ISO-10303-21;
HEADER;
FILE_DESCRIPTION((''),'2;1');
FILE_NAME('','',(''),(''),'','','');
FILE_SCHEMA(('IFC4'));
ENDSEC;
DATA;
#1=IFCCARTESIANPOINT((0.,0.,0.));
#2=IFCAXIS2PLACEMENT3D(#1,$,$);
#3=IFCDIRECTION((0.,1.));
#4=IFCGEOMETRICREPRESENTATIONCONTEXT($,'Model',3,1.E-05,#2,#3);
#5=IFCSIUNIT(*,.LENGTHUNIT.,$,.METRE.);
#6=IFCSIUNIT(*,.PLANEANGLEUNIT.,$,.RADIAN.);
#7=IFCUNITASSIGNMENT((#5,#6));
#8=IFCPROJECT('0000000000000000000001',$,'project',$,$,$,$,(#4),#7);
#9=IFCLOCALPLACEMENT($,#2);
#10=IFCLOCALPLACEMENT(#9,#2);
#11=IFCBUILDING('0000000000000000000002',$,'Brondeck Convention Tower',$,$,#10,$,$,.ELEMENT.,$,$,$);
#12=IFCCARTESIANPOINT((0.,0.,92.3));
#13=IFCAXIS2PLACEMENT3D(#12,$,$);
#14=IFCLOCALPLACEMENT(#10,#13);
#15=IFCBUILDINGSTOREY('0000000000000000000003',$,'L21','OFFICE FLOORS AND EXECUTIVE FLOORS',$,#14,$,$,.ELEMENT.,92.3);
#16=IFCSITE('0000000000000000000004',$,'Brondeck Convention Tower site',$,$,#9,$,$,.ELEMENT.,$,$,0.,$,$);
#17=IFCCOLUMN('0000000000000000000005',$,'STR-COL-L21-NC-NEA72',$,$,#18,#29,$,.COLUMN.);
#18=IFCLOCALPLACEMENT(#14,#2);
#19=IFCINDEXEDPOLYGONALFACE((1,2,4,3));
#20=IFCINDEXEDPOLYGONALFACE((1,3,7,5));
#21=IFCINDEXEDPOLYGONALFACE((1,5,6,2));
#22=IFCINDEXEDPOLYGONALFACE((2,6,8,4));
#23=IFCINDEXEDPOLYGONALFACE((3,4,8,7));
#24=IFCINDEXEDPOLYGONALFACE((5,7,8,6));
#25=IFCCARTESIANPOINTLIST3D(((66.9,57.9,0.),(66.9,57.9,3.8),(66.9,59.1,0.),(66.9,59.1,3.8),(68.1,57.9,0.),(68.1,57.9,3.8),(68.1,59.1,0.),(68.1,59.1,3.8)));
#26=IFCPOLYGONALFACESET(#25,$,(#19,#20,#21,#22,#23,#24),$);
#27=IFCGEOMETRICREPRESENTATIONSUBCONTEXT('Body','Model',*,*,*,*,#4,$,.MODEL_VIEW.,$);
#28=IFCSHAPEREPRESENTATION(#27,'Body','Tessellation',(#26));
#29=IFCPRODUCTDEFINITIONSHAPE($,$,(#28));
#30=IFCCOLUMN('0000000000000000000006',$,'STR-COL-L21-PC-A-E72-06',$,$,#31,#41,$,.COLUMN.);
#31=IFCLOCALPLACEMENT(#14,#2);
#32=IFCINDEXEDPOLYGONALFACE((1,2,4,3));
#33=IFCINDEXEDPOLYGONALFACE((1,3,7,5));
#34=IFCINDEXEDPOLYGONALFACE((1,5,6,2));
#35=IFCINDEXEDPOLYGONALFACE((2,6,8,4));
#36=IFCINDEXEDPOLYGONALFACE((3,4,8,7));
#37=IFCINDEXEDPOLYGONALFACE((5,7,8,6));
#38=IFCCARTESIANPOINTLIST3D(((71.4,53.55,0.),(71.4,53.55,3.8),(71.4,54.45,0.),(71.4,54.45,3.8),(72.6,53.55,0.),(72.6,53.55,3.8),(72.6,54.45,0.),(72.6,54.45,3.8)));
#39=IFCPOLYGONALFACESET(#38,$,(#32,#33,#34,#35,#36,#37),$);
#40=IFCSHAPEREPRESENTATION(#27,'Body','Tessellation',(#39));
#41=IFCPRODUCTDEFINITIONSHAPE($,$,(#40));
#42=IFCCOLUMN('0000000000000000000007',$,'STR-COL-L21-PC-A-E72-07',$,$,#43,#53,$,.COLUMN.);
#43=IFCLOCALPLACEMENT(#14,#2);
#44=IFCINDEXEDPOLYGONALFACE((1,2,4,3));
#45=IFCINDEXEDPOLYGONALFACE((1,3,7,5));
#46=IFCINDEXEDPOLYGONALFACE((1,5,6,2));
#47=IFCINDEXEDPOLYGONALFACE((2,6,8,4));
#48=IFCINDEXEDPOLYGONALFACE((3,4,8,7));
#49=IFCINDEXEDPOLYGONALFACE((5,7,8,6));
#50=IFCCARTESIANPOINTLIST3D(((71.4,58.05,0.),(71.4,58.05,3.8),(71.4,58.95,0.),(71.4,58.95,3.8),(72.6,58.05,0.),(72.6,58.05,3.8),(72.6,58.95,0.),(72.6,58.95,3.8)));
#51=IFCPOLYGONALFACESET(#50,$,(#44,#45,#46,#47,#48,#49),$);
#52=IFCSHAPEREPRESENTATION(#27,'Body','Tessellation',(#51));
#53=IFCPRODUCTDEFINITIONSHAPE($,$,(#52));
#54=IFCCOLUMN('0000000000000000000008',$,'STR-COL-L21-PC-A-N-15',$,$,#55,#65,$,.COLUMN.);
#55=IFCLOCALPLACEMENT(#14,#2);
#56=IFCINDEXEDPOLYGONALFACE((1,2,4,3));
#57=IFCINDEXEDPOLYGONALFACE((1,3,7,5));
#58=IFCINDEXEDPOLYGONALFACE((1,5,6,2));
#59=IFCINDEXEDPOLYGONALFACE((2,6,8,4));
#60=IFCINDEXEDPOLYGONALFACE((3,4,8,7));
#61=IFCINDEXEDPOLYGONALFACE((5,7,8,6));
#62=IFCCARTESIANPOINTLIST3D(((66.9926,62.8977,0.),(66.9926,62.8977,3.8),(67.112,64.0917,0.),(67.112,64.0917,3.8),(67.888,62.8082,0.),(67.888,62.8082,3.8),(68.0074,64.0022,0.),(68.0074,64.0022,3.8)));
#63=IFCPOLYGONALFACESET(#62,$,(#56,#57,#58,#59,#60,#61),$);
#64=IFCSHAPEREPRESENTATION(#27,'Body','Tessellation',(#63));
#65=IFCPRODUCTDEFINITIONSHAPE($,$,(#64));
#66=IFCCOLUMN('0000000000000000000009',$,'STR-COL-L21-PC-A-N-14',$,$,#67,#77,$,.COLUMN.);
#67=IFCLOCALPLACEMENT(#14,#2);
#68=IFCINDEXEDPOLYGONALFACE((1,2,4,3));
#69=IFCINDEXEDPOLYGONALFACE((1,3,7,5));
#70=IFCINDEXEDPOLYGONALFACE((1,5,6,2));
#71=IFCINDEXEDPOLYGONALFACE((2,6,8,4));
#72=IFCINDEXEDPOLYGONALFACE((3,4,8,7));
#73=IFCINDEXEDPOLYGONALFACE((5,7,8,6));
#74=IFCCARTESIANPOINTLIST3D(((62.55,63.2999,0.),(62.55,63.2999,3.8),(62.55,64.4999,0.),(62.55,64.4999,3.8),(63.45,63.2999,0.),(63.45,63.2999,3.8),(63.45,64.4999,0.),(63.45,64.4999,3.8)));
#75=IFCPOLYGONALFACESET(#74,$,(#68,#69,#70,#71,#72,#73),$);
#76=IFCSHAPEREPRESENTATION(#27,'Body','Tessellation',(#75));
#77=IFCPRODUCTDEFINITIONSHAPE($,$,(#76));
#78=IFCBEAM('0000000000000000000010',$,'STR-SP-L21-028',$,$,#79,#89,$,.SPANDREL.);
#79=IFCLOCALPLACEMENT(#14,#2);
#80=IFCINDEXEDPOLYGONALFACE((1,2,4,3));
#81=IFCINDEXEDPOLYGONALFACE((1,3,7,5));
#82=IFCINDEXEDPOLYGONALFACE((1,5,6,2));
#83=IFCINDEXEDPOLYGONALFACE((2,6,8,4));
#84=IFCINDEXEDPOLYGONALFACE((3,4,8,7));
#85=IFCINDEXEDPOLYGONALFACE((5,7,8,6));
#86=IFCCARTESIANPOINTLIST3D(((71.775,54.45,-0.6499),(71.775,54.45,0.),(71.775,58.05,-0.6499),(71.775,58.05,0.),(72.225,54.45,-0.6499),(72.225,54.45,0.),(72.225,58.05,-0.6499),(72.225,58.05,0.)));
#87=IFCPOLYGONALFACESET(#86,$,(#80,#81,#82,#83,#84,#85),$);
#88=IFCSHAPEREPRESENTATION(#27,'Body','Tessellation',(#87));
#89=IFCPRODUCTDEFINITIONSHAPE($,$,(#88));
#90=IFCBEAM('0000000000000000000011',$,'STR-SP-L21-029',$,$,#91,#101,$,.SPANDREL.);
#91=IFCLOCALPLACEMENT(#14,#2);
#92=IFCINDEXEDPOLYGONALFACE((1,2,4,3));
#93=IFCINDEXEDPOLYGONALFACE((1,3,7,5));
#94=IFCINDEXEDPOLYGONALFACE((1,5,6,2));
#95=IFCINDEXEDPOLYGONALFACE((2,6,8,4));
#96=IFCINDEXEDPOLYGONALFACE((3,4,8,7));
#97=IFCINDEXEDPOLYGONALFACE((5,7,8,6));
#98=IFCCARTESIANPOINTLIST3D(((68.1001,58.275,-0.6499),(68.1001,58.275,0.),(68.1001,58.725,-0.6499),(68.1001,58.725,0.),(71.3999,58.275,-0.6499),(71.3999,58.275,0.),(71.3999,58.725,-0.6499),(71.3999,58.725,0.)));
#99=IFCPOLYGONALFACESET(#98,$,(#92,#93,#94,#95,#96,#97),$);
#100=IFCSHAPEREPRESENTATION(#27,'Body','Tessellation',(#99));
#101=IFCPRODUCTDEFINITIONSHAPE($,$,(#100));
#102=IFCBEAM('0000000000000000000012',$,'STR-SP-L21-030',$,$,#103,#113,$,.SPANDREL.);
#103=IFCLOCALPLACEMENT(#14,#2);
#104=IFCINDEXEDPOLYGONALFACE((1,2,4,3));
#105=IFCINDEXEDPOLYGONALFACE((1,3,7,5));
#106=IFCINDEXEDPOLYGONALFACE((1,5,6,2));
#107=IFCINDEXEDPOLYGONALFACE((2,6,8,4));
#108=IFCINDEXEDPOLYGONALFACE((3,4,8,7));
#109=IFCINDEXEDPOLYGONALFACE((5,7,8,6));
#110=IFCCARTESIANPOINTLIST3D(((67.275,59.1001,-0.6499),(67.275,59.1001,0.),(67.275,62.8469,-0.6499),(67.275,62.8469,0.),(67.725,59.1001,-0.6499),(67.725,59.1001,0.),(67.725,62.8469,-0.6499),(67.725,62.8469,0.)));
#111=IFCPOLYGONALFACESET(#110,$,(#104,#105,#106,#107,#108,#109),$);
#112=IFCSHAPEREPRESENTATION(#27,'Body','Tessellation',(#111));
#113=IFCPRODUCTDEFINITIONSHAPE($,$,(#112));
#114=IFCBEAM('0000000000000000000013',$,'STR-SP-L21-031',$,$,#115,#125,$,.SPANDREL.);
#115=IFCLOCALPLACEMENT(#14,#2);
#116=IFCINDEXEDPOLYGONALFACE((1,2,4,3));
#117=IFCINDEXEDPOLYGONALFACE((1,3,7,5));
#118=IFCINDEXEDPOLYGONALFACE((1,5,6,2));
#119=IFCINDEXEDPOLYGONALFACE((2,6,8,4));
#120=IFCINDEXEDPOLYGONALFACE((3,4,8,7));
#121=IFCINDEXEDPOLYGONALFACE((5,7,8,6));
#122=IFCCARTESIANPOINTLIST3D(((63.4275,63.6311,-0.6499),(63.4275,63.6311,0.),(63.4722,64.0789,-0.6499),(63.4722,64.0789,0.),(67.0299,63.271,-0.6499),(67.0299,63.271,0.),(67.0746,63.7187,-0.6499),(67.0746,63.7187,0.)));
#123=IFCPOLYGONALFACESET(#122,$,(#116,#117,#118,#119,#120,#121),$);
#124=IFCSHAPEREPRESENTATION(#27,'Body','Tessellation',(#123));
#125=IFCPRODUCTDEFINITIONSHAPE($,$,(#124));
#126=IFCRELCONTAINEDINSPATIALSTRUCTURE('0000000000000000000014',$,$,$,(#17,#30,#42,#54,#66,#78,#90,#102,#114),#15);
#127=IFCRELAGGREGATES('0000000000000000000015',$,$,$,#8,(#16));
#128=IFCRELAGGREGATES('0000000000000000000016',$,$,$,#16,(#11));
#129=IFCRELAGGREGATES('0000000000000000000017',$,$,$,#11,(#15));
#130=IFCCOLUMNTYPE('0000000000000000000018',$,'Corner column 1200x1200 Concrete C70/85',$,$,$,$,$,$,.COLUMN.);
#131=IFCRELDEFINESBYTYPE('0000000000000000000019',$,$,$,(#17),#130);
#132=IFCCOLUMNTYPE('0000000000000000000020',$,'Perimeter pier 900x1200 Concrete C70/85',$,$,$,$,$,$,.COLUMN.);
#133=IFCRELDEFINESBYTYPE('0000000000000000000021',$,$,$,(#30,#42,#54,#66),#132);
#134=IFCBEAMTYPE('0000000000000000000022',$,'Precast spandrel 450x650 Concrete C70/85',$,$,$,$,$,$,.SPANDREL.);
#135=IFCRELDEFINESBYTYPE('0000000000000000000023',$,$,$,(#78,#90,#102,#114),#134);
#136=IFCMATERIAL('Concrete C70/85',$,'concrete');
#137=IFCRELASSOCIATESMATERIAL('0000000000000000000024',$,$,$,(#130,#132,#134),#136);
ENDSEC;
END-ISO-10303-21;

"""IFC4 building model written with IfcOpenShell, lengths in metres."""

from ifc_helpers import new_model, si_unit, direction, frame, origin, origin_2d, place, context, subcontext, project, spatial, rectangle, extrude, material, material_profile, profile_set, type_object, element, save


model = new_model("IFC4")

# Units and contexts
model_context = context("Model", 3, precision=1e-05, world=origin(), true_north=direction((0.0, 1.0)))
body_context = subcontext(model_context, "Body", "Model", "MODEL_VIEW")
ifc_project = project(units=[si_unit("LENGTHUNIT", "METRE"), si_unit("PLANEANGLEUNIT", "RADIAN")], contexts=[model_context])

# Site, building, storey
site_placement = place(None, origin())
site = spatial("IfcSite", under=ifc_project, at=site_placement, Name="Brondeck Convention Tower site", CompositionType="ELEMENT", RefElevation=0.0)
building_placement = place(site_placement, origin())
building = spatial("IfcBuilding", under=site, at=building_placement, Name="Brondeck Convention Tower", CompositionType="ELEMENT")
storey_placement = place(building_placement, frame((0.0, 0.0, 92.3)))
storey = spatial("IfcBuildingStorey", under=building, at=storey_placement, Name="L21", Description="OFFICE FLOORS AND EXECUTIVE FLOORS", CompositionType="ELEMENT", Elevation=92.3)

# Columns
ifc_material_1 = material(Name="Concrete C70/85", Category="concrete")
ifc_material_profile_1 = material_profile(ifc_material_1, rectangle(XDim=1.2, YDim=1.2, at=origin_2d()), Name="Corner column 1200x1200 Concrete C70/85")
ifc_profile_set_1 = profile_set([ifc_material_profile_1], Name="Concrete C70/85")
column_type_1 = type_object("IfcColumnType", Name="Corner column 1200x1200 Concrete C70/85", PredefinedType="COLUMN", material=ifc_profile_set_1)
column_placement = place(storey_placement, frame((67.5, 58.5, 0.0), z_axis=(0.0, 0.0, 1.0), x_axis=(1.0, 0.0, 0.0)))
element("IfcColumn", 1, at=column_placement, inside=storey, type_object=column_type_1, Name="STR-COL-L21-NC-NEA72", PredefinedType="COLUMN", context=body_context, shape_type="SweptSolid", body=[
    extrude(rectangle(XDim=1.2, YDim=1.2, at=origin_2d()), origin(), (0.0, 0.0, 1.0), 3.8),
])
ifc_material_profile_2 = material_profile(ifc_material_1, rectangle(XDim=0.8999, YDim=1.2, at=origin_2d()), Name="Perimeter pier 900x1200 Concrete C70/85")
ifc_profile_set_2 = profile_set([ifc_material_profile_2], Name="Concrete C70/85")
column_type_2 = type_object("IfcColumnType", Name="Perimeter pier 900x1200 Concrete C70/85", PredefinedType="COLUMN", material=ifc_profile_set_2)
for number, where, z_axis, x_axis, name in (
    (2, (72.0, 54.0, 0.0), (0.0, 0.0, 1.0), (0.0, 1.0, 0.0), "STR-COL-L21-PC-A-E72-06"),
    (3, (72.0, 58.5, 0.0), (0.0, 0.0, 1.0), (0.0, 1.0, 0.0), "STR-COL-L21-PC-A-E72-07"),
    (4, (67.5, 63.45, 0.0), (0.0, 0.0, 1.0), (-0.995037, 0.099504, 0.0), "STR-COL-L21-PC-A-N-15"),
    (5, (63.0, 63.8999, 0.0), (0.0, 0.0, 1.0), (-1.0, 0.0, 0.0), "STR-COL-L21-PC-A-N-14"),
):
    element("IfcColumn", number, at=place(storey_placement, frame(where, z_axis=z_axis, x_axis=x_axis)), inside=storey, type_object=column_type_2, Name=name, PredefinedType="COLUMN", context=body_context, shape_type="SweptSolid", body=[
        extrude(rectangle(XDim=0.8999, YDim=1.2, at=origin_2d()), origin(), (0.0, 0.0, 1.0), 3.8),
    ])

# Beams
ifc_material_profile_3 = material_profile(ifc_material_1, rectangle(XDim=0.45, YDim=0.6499, at=origin_2d()), Name="Precast spandrel 450x650 Concrete C70/85")
ifc_profile_set_3 = profile_set([ifc_material_profile_3], Name="Concrete C70/85")
beam_type = type_object("IfcBeamType", Name="Precast spandrel 450x650 Concrete C70/85", PredefinedType="SPANDREL", material=ifc_profile_set_3)
beam_1_placement = place(storey_placement, frame((72.0, 54.45, -0.325), z_axis=(0.0, 1.0, 0.0), x_axis=(-1.0, 0.0, 0.0)))
element("IfcBeam", 6, at=beam_1_placement, inside=storey, type_object=beam_type, Name="STR-SP-L21-028", PredefinedType="SPANDREL", context=body_context, shape_type="SweptSolid", body=[
    extrude(rectangle(XDim=0.45, YDim=0.6499, at=origin_2d()), origin(), (0.0, 0.0, 1.0), 3.6001),
])
beam_2_placement = place(storey_placement, frame((71.3999, 58.5, -0.325), z_axis=(-1.0, 0.0, 0.0), x_axis=(0.0, -1.0, 0.0)))
element("IfcBeam", 7, at=beam_2_placement, inside=storey, type_object=beam_type, Name="STR-SP-L21-029", PredefinedType="SPANDREL", context=body_context, shape_type="SweptSolid", body=[
    extrude(rectangle(XDim=0.45, YDim=0.6499, at=origin_2d()), origin(), (0.0, 0.0, 1.0), 3.2998),
])
beam_3_placement = place(storey_placement, frame((67.5, 59.1001, -0.325), z_axis=(0.0, 1.0, 0.0), x_axis=(-1.0, 0.0, 0.0)))
element("IfcBeam", 8, at=beam_3_placement, inside=storey, type_object=beam_type, Name="STR-SP-L21-030", PredefinedType="SPANDREL", context=body_context, shape_type="SweptSolid", body=[
    extrude(rectangle(XDim=0.45, YDim=0.6499, at=origin_2d()), origin(), (0.0, 0.0, 1.0), 3.7468),
])
beam_4_placement = place(storey_placement, frame((67.0522, 63.4949, -0.325), z_axis=(-0.995041, 0.09947, 0.0), x_axis=(-0.09947, -0.995041, 0.0)))
element("IfcBeam", 9, at=beam_4_placement, inside=storey, type_object=beam_type, Name="STR-SP-L21-031", PredefinedType="SPANDREL", context=body_context, shape_type="SweptSolid", body=[
    extrude(rectangle(XDim=0.45, YDim=0.6499, at=origin_2d()), origin(), (0.0, 0.0, 1.0), 3.6204),
])

save(model, "model.ifc")
